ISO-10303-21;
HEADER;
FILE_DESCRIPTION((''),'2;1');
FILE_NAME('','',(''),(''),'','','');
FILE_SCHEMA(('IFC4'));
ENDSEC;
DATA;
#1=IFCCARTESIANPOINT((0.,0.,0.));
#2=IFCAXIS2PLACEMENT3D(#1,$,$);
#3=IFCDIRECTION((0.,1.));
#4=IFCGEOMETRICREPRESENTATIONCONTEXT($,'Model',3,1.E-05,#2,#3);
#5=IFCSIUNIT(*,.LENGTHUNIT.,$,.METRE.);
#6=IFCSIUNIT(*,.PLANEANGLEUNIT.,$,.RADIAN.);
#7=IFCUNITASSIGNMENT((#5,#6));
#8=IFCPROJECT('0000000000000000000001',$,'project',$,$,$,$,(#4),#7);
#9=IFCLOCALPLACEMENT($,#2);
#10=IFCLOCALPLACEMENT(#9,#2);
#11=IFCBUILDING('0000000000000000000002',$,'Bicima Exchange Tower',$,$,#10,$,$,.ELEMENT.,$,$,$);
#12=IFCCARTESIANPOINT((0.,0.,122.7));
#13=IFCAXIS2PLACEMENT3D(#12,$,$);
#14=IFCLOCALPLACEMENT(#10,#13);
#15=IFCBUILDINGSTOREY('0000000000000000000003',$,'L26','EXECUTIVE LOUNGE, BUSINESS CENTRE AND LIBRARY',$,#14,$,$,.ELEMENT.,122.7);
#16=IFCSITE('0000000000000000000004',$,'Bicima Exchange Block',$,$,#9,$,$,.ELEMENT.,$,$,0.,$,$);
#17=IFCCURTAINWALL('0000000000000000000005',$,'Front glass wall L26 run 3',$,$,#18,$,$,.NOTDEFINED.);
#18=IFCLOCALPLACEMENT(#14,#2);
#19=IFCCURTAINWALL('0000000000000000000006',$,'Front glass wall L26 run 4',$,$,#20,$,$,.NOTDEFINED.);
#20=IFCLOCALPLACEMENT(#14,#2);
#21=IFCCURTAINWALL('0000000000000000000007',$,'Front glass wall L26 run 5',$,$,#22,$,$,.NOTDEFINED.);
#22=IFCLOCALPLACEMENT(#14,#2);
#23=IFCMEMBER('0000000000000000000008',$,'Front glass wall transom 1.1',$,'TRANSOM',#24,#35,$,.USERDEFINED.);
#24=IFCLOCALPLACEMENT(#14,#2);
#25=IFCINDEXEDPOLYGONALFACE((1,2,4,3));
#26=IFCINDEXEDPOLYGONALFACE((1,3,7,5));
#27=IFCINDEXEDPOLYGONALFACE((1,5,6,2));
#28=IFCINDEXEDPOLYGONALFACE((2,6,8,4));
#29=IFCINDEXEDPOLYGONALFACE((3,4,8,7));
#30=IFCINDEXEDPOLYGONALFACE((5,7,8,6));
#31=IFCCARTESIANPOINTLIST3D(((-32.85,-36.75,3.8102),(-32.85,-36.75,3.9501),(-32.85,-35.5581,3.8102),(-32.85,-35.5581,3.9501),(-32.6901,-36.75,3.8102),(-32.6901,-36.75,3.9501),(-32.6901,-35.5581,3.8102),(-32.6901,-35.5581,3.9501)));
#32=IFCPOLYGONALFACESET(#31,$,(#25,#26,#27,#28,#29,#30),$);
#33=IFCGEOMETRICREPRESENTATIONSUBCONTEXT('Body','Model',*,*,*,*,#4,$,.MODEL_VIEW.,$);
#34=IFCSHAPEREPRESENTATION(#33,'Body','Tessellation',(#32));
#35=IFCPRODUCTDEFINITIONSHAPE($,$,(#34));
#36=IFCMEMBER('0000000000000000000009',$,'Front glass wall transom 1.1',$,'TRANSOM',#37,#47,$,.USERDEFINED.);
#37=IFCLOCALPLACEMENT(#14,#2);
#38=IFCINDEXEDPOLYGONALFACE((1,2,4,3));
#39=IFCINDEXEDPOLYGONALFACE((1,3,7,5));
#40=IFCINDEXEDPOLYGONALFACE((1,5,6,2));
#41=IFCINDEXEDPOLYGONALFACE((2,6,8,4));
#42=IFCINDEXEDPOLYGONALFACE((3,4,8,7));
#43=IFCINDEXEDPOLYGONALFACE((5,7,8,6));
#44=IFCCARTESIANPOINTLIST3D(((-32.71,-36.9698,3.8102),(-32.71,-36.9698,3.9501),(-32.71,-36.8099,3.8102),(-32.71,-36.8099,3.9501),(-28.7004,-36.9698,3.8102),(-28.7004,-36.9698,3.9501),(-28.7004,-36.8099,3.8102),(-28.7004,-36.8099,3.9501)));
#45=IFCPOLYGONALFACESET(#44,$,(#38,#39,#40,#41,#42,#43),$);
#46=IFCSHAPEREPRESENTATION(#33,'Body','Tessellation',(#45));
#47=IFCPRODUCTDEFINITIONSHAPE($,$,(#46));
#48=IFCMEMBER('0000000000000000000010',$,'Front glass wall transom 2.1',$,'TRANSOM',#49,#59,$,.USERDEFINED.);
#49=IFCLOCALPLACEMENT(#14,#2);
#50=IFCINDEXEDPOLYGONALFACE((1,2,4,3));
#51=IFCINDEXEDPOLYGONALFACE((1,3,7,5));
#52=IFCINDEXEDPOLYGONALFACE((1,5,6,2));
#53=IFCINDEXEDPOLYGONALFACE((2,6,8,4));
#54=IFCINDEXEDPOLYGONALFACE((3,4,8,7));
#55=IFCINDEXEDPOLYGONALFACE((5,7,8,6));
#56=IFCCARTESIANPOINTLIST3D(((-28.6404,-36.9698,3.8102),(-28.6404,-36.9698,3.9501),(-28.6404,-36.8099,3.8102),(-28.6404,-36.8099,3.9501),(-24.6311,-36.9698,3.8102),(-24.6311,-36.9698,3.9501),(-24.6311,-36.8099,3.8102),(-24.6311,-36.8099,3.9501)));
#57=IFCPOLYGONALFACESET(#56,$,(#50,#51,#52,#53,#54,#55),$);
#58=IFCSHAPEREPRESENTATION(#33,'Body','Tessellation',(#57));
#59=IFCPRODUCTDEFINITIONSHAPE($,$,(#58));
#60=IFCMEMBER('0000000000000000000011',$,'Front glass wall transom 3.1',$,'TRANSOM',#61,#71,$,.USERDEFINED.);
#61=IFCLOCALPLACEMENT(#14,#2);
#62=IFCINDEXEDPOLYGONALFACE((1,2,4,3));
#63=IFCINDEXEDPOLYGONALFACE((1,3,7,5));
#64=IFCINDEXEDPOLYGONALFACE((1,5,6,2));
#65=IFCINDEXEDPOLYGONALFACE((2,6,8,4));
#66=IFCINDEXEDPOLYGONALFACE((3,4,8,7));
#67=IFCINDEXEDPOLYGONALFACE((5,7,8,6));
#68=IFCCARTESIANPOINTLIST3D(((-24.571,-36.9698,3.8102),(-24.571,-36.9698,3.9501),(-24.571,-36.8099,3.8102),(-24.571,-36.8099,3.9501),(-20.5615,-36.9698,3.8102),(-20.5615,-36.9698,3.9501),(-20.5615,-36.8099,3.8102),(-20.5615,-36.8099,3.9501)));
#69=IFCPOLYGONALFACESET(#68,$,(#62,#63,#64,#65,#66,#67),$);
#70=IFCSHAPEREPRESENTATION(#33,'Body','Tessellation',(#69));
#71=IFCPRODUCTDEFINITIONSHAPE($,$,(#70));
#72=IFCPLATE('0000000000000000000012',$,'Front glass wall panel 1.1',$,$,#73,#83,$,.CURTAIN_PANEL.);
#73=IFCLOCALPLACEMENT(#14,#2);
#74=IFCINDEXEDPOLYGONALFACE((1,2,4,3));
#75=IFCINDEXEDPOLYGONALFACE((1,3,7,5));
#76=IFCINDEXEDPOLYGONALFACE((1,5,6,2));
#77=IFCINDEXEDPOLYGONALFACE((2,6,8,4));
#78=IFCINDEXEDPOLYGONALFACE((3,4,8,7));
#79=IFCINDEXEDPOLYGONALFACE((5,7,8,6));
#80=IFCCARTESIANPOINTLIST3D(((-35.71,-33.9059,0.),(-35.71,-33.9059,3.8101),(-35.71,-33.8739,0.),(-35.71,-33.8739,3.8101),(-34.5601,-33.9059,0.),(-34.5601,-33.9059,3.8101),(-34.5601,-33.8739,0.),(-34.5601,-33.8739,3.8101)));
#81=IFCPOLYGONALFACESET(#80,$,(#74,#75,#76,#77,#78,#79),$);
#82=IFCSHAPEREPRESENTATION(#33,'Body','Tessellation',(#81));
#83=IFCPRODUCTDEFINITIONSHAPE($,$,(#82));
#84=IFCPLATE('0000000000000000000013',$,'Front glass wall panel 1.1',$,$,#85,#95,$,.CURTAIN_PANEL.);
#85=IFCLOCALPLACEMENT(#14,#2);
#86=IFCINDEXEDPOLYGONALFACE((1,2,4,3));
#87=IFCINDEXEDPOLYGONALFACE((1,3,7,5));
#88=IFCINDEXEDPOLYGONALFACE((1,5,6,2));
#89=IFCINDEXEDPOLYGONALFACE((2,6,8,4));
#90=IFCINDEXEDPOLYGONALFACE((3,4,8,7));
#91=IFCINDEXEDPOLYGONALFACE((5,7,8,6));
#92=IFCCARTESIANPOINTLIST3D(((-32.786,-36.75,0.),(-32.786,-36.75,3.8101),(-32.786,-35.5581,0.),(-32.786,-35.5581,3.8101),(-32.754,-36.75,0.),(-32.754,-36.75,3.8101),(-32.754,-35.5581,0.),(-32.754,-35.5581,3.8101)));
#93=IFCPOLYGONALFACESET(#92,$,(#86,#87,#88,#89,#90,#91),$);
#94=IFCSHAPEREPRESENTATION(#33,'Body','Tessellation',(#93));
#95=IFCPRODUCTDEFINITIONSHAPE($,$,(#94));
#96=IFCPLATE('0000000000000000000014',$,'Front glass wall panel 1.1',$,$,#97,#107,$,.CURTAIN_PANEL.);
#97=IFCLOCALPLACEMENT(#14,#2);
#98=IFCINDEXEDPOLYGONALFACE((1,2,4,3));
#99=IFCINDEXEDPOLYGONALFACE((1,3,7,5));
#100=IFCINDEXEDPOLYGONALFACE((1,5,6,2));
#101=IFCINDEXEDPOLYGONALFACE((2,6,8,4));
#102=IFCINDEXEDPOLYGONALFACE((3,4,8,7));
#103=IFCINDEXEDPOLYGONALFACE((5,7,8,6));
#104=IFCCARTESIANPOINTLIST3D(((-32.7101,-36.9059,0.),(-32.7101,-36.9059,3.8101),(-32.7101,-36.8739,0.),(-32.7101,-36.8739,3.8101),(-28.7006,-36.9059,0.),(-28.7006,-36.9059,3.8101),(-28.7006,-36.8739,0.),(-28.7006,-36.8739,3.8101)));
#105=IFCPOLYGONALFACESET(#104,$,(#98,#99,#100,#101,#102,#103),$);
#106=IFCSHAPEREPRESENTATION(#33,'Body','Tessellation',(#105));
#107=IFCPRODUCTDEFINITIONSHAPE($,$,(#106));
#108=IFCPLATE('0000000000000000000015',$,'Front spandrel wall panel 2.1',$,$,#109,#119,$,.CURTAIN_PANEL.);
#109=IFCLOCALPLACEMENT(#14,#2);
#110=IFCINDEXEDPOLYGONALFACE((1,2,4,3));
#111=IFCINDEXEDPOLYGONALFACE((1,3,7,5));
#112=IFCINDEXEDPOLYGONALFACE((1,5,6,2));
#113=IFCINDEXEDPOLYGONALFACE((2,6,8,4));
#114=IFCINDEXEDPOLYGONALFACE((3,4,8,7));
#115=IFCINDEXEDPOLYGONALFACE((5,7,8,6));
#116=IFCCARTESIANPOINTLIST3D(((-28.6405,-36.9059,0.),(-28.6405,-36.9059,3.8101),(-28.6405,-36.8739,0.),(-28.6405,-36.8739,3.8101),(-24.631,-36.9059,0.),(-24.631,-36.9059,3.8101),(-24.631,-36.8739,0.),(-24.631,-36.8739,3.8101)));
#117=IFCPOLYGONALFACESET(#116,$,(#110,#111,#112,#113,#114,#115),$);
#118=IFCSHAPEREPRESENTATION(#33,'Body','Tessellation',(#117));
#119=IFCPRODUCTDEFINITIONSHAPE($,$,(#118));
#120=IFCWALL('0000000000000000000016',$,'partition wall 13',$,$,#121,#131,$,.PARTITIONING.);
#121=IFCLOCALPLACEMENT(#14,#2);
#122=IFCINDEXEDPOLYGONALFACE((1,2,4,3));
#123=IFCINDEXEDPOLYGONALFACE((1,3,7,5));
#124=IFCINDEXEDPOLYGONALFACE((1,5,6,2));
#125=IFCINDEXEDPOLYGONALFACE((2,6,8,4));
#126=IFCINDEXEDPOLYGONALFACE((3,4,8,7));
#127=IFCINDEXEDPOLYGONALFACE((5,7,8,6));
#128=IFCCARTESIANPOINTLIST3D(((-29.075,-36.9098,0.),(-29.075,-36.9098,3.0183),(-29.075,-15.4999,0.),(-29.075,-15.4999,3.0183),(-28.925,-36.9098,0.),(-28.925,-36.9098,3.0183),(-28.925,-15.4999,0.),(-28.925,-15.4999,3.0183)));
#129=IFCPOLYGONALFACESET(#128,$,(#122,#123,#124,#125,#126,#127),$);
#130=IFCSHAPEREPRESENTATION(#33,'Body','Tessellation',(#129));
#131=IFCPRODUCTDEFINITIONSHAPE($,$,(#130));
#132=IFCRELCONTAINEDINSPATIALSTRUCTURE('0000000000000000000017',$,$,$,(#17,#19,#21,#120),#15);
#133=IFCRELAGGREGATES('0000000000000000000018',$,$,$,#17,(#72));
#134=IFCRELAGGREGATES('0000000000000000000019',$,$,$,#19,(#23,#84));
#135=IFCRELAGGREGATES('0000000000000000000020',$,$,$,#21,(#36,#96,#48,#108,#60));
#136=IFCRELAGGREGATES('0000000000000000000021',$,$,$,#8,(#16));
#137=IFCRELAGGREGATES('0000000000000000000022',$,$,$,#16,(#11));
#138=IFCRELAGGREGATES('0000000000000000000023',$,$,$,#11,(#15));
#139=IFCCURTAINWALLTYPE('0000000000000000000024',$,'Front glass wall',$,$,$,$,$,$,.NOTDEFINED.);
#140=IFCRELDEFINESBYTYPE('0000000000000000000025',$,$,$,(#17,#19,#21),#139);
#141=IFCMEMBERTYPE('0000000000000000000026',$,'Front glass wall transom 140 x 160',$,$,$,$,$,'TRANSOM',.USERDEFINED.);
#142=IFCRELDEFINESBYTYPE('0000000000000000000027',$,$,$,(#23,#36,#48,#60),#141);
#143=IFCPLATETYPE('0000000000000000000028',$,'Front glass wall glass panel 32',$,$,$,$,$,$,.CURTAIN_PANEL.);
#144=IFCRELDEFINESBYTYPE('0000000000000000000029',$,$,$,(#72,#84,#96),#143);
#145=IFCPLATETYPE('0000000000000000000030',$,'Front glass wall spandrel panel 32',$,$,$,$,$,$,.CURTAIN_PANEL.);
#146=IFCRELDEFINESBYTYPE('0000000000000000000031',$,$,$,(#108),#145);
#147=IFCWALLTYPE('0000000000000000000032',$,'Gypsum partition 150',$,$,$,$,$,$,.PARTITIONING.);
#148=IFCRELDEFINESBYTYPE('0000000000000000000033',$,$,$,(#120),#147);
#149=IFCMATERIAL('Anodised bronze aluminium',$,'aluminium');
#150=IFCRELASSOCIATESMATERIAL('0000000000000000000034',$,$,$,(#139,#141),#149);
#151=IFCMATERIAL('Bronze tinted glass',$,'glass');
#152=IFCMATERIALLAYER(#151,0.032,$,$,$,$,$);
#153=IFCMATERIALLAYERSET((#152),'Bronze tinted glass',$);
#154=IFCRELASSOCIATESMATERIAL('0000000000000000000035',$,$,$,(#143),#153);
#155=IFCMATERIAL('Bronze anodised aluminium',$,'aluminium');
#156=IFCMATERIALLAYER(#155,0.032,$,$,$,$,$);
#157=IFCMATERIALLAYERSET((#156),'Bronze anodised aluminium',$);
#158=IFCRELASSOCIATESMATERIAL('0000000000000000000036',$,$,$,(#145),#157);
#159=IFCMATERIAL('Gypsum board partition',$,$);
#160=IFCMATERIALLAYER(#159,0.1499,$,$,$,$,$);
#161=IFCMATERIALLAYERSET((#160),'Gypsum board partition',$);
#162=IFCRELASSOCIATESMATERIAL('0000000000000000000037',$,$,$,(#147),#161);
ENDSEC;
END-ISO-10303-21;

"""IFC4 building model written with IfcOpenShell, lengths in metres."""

from ifc_helpers import new_model, si_unit, direction, frame, frame_2d, origin, origin_2d, place, context, subcontext, project, spatial, rectangle, extrude, material, layer, layer_set, material_profile, profile_set, type_object, element, aggregate, save


model = new_model("IFC4")

# Units and contexts
model_context = context("Model", 3, precision=1e-05, world=origin(), true_north=direction((0.0, 1.0)))
body_context = subcontext(model_context, "Body", "Model", "MODEL_VIEW")
ifc_project = project(units=[si_unit("LENGTHUNIT", "METRE"), si_unit("PLANEANGLEUNIT", "RADIAN")], contexts=[model_context])

# Site, building, storey
site_placement = place(None, origin())
site = spatial("IfcSite", under=ifc_project, at=site_placement, Name="Bicima Exchange Block", CompositionType="ELEMENT", RefElevation=0.0)
building_placement = place(site_placement, origin())
building = spatial("IfcBuilding", under=site, at=building_placement, Name="Bicima Exchange Tower", CompositionType="ELEMENT")
storey_placement = place(building_placement, frame((0.0, 0.0, 122.7)))
storey = spatial("IfcBuildingStorey", under=building, at=storey_placement, Name="L26", Description="EXECUTIVE LOUNGE, BUSINESS CENTRE AND LIBRARY", CompositionType="ELEMENT", Elevation=122.7)

# Curtain wall
ifc_material_1 = material(Name="Anodised bronze aluminium", Category="aluminium")
curtain_wall_type = type_object("IfcCurtainWallType", Name="Front glass wall", PredefinedType="NOTDEFINED", material=ifc_material_1)
curtain_wall_1_placement = place(storey_placement, origin())
curtain_wall_1 = element("IfcCurtainWall", 1, at=curtain_wall_1_placement, inside=storey, type_object=curtain_wall_type, Name="Front glass wall L26 run 3", PredefinedType="NOTDEFINED")

# Curtain walls
curtain_wall_2_placement = place(storey_placement, origin())
curtain_wall_2 = element("IfcCurtainWall", 2, at=curtain_wall_2_placement, inside=storey, type_object=curtain_wall_type, Name="Front glass wall L26 run 4", PredefinedType="NOTDEFINED")
curtain_wall_3_placement = place(storey_placement, origin())
curtain_wall_3 = element("IfcCurtainWall", 3, at=curtain_wall_3_placement, inside=storey, type_object=curtain_wall_type, Name="Front glass wall L26 run 5", PredefinedType="NOTDEFINED")

# Members
ifc_material_profile_1 = material_profile(ifc_material_1, rectangle(XDim=0.1599, YDim=0.1399, at=origin_2d()))
ifc_profile_set_1 = profile_set([ifc_material_profile_1], Name="Anodised bronze aluminium")
member_type_1 = type_object("IfcMemberType", Name="Front glass wall transom 140 x 160", ElementType="TRANSOM", PredefinedType="USERDEFINED", material=ifc_profile_set_1)
member_1_placement = place(storey_placement, frame((-32.77, -35.5581, 3.8801), z_axis=(0.0, -1.0, 0.0), x_axis=(1.0, 0.0, 0.0)))
member_1 = element("IfcMember", 4, at=member_1_placement, type_object=member_type_1, Name="Front glass wall transom 1.1", ObjectType="TRANSOM", PredefinedType="USERDEFINED", context=body_context, shape_type="SweptSolid", body=[
    extrude(rectangle(XDim=0.1599, YDim=0.1399, at=origin_2d()), origin(), (0.0, 0.0, 1.0), 1.1919),
])
member_2_placement = place(storey_placement, frame((-32.71, -36.8899, 3.8801), z_axis=(1.0, 0.0, 0.0), x_axis=(0.0, 1.0, 0.0)))
member_2 = element("IfcMember", 5, at=member_2_placement, type_object=member_type_1, Name="Front glass wall transom 1.1", ObjectType="TRANSOM", PredefinedType="USERDEFINED", context=body_context, shape_type="SweptSolid", body=[
    extrude(rectangle(XDim=0.1599, YDim=0.1399, at=origin_2d()), origin(), (0.0, 0.0, 1.0), 4.0095),
])
member_3_placement = place(storey_placement, frame((-28.6404, -36.8899, 3.8801), z_axis=(1.0, 0.0, 0.0), x_axis=(0.0, 1.0, 0.0)))
member_3 = element("IfcMember", 6, at=member_3_placement, type_object=member_type_1, Name="Front glass wall transom 2.1", ObjectType="TRANSOM", PredefinedType="USERDEFINED", context=body_context, shape_type="SweptSolid", body=[
    extrude(rectangle(XDim=0.1599, YDim=0.1399, at=origin_2d()), origin(), (0.0, 0.0, 1.0), 4.0093),
])
member_4_placement = place(storey_placement, frame((-24.571, -36.8899, 3.8801), z_axis=(1.0, 0.0, 0.0), x_axis=(0.0, 1.0, 0.0)))
member_4 = element("IfcMember", 7, at=member_4_placement, type_object=member_type_1, Name="Front glass wall transom 3.1", ObjectType="TRANSOM", PredefinedType="USERDEFINED", context=body_context, shape_type="SweptSolid", body=[
    extrude(rectangle(XDim=0.1599, YDim=0.1399, at=origin_2d()), origin(), (0.0, 0.0, 1.0), 4.0095),
])

# Plates
ifc_material_2 = material(Name="Bronze tinted glass", Category="glass")
ifc_layer_1 = layer(ifc_material_2, 0.032)
ifc_layer_set_1 = layer_set([ifc_layer_1], Name="Bronze tinted glass")
plate_type_1 = type_object("IfcPlateType", Name="Front glass wall glass panel 32", PredefinedType="CURTAIN_PANEL", material=ifc_layer_set_1)
plate_1_placement = place(storey_placement, frame((-35.135, -33.8899, 0.0), z_axis=(0.0, 0.0, 1.0), x_axis=(1.0, 0.0, 0.0)))
plate_1 = element("IfcPlate", 8, at=plate_1_placement, type_object=plate_type_1, Name="Front glass wall panel 1.1", PredefinedType="CURTAIN_PANEL", context=body_context, shape_type="SweptSolid", body=[
    extrude(rectangle(XDim=1.1499, YDim=0.032, at=origin_2d()), origin(), (0.0, 0.0, 1.0), 3.8101),
])
aggregate(curtain_wall_1, [plate_1])
plate_2_placement = place(storey_placement, frame((-32.77, -36.1541, 0.0), z_axis=(0.0, 0.0, 1.0), x_axis=(0.0, -1.0, 0.0)))
plate_2 = element("IfcPlate", 9, at=plate_2_placement, type_object=plate_type_1, Name="Front glass wall panel 1.1", PredefinedType="CURTAIN_PANEL", context=body_context, shape_type="SweptSolid", body=[
    extrude(rectangle(XDim=1.1919, YDim=0.032, at=origin_2d()), origin(), (0.0, 0.0, 1.0), 3.8101),
])
aggregate(curtain_wall_2, [member_1, plate_2])
plate_3_placement = place(storey_placement, frame((-30.7053, -36.8899, 0.0), z_axis=(0.0, 0.0, 1.0), x_axis=(1.0, 0.0, 0.0)))
plate_3 = element("IfcPlate", 10, at=plate_3_placement, type_object=plate_type_1, Name="Front glass wall panel 1.1", PredefinedType="CURTAIN_PANEL", context=body_context, shape_type="SweptSolid", body=[
    extrude(rectangle(XDim=4.0095, YDim=0.032, at=origin_2d()), origin(), (0.0, 0.0, 1.0), 3.8101),
])
ifc_material_3 = material(Name="Bronze anodised aluminium", Category="aluminium")
ifc_layer_2 = layer(ifc_material_3, 0.032)
ifc_layer_set_2 = layer_set([ifc_layer_2], Name="Bronze anodised aluminium")
plate_type_2 = type_object("IfcPlateType", Name="Front glass wall spandrel panel 32", PredefinedType="CURTAIN_PANEL", material=ifc_layer_set_2)
plate_4_placement = place(storey_placement, frame((-26.6357, -36.8899, 0.0), z_axis=(0.0, 0.0, 1.0), x_axis=(1.0, 0.0, 0.0)))
plate_4 = element("IfcPlate", 11, at=plate_4_placement, type_object=plate_type_2, Name="Front spandrel wall panel 2.1", PredefinedType="CURTAIN_PANEL", context=body_context, shape_type="SweptSolid", body=[
    extrude(rectangle(XDim=4.0095, YDim=0.032, at=origin_2d()), origin(), (0.0, 0.0, 1.0), 3.8101),
])
aggregate(curtain_wall_3, [member_2, plate_3, member_3, plate_4, member_4])

# Wall
ifc_material_4 = material(Name="Gypsum board partition")
ifc_layer_3 = layer(ifc_material_4, 0.1499)
ifc_layer_set_3 = layer_set([ifc_layer_3], Name="Gypsum board partition")
wall_type = type_object("IfcWallType", Name="Gypsum partition 150", PredefinedType="PARTITIONING", material=ifc_layer_set_3)
wall_placement = place(storey_placement, frame((-29.0, -36.9099, 0.0), z_axis=(0.0, 0.0, 1.0), x_axis=(0.0, 1.0, 0.0)))
element("IfcWall", 12, at=wall_placement, inside=storey, type_object=wall_type, Name="partition wall 13", PredefinedType="PARTITIONING", context=body_context, shape_type="SweptSolid", body=[
    extrude(rectangle(XDim=21.4099, YDim=0.1499, at=frame_2d((10.7051, 0.0))), origin(), (0.0, 0.0, 1.0), 3.0183),
])

save(model, "model.ifc")
